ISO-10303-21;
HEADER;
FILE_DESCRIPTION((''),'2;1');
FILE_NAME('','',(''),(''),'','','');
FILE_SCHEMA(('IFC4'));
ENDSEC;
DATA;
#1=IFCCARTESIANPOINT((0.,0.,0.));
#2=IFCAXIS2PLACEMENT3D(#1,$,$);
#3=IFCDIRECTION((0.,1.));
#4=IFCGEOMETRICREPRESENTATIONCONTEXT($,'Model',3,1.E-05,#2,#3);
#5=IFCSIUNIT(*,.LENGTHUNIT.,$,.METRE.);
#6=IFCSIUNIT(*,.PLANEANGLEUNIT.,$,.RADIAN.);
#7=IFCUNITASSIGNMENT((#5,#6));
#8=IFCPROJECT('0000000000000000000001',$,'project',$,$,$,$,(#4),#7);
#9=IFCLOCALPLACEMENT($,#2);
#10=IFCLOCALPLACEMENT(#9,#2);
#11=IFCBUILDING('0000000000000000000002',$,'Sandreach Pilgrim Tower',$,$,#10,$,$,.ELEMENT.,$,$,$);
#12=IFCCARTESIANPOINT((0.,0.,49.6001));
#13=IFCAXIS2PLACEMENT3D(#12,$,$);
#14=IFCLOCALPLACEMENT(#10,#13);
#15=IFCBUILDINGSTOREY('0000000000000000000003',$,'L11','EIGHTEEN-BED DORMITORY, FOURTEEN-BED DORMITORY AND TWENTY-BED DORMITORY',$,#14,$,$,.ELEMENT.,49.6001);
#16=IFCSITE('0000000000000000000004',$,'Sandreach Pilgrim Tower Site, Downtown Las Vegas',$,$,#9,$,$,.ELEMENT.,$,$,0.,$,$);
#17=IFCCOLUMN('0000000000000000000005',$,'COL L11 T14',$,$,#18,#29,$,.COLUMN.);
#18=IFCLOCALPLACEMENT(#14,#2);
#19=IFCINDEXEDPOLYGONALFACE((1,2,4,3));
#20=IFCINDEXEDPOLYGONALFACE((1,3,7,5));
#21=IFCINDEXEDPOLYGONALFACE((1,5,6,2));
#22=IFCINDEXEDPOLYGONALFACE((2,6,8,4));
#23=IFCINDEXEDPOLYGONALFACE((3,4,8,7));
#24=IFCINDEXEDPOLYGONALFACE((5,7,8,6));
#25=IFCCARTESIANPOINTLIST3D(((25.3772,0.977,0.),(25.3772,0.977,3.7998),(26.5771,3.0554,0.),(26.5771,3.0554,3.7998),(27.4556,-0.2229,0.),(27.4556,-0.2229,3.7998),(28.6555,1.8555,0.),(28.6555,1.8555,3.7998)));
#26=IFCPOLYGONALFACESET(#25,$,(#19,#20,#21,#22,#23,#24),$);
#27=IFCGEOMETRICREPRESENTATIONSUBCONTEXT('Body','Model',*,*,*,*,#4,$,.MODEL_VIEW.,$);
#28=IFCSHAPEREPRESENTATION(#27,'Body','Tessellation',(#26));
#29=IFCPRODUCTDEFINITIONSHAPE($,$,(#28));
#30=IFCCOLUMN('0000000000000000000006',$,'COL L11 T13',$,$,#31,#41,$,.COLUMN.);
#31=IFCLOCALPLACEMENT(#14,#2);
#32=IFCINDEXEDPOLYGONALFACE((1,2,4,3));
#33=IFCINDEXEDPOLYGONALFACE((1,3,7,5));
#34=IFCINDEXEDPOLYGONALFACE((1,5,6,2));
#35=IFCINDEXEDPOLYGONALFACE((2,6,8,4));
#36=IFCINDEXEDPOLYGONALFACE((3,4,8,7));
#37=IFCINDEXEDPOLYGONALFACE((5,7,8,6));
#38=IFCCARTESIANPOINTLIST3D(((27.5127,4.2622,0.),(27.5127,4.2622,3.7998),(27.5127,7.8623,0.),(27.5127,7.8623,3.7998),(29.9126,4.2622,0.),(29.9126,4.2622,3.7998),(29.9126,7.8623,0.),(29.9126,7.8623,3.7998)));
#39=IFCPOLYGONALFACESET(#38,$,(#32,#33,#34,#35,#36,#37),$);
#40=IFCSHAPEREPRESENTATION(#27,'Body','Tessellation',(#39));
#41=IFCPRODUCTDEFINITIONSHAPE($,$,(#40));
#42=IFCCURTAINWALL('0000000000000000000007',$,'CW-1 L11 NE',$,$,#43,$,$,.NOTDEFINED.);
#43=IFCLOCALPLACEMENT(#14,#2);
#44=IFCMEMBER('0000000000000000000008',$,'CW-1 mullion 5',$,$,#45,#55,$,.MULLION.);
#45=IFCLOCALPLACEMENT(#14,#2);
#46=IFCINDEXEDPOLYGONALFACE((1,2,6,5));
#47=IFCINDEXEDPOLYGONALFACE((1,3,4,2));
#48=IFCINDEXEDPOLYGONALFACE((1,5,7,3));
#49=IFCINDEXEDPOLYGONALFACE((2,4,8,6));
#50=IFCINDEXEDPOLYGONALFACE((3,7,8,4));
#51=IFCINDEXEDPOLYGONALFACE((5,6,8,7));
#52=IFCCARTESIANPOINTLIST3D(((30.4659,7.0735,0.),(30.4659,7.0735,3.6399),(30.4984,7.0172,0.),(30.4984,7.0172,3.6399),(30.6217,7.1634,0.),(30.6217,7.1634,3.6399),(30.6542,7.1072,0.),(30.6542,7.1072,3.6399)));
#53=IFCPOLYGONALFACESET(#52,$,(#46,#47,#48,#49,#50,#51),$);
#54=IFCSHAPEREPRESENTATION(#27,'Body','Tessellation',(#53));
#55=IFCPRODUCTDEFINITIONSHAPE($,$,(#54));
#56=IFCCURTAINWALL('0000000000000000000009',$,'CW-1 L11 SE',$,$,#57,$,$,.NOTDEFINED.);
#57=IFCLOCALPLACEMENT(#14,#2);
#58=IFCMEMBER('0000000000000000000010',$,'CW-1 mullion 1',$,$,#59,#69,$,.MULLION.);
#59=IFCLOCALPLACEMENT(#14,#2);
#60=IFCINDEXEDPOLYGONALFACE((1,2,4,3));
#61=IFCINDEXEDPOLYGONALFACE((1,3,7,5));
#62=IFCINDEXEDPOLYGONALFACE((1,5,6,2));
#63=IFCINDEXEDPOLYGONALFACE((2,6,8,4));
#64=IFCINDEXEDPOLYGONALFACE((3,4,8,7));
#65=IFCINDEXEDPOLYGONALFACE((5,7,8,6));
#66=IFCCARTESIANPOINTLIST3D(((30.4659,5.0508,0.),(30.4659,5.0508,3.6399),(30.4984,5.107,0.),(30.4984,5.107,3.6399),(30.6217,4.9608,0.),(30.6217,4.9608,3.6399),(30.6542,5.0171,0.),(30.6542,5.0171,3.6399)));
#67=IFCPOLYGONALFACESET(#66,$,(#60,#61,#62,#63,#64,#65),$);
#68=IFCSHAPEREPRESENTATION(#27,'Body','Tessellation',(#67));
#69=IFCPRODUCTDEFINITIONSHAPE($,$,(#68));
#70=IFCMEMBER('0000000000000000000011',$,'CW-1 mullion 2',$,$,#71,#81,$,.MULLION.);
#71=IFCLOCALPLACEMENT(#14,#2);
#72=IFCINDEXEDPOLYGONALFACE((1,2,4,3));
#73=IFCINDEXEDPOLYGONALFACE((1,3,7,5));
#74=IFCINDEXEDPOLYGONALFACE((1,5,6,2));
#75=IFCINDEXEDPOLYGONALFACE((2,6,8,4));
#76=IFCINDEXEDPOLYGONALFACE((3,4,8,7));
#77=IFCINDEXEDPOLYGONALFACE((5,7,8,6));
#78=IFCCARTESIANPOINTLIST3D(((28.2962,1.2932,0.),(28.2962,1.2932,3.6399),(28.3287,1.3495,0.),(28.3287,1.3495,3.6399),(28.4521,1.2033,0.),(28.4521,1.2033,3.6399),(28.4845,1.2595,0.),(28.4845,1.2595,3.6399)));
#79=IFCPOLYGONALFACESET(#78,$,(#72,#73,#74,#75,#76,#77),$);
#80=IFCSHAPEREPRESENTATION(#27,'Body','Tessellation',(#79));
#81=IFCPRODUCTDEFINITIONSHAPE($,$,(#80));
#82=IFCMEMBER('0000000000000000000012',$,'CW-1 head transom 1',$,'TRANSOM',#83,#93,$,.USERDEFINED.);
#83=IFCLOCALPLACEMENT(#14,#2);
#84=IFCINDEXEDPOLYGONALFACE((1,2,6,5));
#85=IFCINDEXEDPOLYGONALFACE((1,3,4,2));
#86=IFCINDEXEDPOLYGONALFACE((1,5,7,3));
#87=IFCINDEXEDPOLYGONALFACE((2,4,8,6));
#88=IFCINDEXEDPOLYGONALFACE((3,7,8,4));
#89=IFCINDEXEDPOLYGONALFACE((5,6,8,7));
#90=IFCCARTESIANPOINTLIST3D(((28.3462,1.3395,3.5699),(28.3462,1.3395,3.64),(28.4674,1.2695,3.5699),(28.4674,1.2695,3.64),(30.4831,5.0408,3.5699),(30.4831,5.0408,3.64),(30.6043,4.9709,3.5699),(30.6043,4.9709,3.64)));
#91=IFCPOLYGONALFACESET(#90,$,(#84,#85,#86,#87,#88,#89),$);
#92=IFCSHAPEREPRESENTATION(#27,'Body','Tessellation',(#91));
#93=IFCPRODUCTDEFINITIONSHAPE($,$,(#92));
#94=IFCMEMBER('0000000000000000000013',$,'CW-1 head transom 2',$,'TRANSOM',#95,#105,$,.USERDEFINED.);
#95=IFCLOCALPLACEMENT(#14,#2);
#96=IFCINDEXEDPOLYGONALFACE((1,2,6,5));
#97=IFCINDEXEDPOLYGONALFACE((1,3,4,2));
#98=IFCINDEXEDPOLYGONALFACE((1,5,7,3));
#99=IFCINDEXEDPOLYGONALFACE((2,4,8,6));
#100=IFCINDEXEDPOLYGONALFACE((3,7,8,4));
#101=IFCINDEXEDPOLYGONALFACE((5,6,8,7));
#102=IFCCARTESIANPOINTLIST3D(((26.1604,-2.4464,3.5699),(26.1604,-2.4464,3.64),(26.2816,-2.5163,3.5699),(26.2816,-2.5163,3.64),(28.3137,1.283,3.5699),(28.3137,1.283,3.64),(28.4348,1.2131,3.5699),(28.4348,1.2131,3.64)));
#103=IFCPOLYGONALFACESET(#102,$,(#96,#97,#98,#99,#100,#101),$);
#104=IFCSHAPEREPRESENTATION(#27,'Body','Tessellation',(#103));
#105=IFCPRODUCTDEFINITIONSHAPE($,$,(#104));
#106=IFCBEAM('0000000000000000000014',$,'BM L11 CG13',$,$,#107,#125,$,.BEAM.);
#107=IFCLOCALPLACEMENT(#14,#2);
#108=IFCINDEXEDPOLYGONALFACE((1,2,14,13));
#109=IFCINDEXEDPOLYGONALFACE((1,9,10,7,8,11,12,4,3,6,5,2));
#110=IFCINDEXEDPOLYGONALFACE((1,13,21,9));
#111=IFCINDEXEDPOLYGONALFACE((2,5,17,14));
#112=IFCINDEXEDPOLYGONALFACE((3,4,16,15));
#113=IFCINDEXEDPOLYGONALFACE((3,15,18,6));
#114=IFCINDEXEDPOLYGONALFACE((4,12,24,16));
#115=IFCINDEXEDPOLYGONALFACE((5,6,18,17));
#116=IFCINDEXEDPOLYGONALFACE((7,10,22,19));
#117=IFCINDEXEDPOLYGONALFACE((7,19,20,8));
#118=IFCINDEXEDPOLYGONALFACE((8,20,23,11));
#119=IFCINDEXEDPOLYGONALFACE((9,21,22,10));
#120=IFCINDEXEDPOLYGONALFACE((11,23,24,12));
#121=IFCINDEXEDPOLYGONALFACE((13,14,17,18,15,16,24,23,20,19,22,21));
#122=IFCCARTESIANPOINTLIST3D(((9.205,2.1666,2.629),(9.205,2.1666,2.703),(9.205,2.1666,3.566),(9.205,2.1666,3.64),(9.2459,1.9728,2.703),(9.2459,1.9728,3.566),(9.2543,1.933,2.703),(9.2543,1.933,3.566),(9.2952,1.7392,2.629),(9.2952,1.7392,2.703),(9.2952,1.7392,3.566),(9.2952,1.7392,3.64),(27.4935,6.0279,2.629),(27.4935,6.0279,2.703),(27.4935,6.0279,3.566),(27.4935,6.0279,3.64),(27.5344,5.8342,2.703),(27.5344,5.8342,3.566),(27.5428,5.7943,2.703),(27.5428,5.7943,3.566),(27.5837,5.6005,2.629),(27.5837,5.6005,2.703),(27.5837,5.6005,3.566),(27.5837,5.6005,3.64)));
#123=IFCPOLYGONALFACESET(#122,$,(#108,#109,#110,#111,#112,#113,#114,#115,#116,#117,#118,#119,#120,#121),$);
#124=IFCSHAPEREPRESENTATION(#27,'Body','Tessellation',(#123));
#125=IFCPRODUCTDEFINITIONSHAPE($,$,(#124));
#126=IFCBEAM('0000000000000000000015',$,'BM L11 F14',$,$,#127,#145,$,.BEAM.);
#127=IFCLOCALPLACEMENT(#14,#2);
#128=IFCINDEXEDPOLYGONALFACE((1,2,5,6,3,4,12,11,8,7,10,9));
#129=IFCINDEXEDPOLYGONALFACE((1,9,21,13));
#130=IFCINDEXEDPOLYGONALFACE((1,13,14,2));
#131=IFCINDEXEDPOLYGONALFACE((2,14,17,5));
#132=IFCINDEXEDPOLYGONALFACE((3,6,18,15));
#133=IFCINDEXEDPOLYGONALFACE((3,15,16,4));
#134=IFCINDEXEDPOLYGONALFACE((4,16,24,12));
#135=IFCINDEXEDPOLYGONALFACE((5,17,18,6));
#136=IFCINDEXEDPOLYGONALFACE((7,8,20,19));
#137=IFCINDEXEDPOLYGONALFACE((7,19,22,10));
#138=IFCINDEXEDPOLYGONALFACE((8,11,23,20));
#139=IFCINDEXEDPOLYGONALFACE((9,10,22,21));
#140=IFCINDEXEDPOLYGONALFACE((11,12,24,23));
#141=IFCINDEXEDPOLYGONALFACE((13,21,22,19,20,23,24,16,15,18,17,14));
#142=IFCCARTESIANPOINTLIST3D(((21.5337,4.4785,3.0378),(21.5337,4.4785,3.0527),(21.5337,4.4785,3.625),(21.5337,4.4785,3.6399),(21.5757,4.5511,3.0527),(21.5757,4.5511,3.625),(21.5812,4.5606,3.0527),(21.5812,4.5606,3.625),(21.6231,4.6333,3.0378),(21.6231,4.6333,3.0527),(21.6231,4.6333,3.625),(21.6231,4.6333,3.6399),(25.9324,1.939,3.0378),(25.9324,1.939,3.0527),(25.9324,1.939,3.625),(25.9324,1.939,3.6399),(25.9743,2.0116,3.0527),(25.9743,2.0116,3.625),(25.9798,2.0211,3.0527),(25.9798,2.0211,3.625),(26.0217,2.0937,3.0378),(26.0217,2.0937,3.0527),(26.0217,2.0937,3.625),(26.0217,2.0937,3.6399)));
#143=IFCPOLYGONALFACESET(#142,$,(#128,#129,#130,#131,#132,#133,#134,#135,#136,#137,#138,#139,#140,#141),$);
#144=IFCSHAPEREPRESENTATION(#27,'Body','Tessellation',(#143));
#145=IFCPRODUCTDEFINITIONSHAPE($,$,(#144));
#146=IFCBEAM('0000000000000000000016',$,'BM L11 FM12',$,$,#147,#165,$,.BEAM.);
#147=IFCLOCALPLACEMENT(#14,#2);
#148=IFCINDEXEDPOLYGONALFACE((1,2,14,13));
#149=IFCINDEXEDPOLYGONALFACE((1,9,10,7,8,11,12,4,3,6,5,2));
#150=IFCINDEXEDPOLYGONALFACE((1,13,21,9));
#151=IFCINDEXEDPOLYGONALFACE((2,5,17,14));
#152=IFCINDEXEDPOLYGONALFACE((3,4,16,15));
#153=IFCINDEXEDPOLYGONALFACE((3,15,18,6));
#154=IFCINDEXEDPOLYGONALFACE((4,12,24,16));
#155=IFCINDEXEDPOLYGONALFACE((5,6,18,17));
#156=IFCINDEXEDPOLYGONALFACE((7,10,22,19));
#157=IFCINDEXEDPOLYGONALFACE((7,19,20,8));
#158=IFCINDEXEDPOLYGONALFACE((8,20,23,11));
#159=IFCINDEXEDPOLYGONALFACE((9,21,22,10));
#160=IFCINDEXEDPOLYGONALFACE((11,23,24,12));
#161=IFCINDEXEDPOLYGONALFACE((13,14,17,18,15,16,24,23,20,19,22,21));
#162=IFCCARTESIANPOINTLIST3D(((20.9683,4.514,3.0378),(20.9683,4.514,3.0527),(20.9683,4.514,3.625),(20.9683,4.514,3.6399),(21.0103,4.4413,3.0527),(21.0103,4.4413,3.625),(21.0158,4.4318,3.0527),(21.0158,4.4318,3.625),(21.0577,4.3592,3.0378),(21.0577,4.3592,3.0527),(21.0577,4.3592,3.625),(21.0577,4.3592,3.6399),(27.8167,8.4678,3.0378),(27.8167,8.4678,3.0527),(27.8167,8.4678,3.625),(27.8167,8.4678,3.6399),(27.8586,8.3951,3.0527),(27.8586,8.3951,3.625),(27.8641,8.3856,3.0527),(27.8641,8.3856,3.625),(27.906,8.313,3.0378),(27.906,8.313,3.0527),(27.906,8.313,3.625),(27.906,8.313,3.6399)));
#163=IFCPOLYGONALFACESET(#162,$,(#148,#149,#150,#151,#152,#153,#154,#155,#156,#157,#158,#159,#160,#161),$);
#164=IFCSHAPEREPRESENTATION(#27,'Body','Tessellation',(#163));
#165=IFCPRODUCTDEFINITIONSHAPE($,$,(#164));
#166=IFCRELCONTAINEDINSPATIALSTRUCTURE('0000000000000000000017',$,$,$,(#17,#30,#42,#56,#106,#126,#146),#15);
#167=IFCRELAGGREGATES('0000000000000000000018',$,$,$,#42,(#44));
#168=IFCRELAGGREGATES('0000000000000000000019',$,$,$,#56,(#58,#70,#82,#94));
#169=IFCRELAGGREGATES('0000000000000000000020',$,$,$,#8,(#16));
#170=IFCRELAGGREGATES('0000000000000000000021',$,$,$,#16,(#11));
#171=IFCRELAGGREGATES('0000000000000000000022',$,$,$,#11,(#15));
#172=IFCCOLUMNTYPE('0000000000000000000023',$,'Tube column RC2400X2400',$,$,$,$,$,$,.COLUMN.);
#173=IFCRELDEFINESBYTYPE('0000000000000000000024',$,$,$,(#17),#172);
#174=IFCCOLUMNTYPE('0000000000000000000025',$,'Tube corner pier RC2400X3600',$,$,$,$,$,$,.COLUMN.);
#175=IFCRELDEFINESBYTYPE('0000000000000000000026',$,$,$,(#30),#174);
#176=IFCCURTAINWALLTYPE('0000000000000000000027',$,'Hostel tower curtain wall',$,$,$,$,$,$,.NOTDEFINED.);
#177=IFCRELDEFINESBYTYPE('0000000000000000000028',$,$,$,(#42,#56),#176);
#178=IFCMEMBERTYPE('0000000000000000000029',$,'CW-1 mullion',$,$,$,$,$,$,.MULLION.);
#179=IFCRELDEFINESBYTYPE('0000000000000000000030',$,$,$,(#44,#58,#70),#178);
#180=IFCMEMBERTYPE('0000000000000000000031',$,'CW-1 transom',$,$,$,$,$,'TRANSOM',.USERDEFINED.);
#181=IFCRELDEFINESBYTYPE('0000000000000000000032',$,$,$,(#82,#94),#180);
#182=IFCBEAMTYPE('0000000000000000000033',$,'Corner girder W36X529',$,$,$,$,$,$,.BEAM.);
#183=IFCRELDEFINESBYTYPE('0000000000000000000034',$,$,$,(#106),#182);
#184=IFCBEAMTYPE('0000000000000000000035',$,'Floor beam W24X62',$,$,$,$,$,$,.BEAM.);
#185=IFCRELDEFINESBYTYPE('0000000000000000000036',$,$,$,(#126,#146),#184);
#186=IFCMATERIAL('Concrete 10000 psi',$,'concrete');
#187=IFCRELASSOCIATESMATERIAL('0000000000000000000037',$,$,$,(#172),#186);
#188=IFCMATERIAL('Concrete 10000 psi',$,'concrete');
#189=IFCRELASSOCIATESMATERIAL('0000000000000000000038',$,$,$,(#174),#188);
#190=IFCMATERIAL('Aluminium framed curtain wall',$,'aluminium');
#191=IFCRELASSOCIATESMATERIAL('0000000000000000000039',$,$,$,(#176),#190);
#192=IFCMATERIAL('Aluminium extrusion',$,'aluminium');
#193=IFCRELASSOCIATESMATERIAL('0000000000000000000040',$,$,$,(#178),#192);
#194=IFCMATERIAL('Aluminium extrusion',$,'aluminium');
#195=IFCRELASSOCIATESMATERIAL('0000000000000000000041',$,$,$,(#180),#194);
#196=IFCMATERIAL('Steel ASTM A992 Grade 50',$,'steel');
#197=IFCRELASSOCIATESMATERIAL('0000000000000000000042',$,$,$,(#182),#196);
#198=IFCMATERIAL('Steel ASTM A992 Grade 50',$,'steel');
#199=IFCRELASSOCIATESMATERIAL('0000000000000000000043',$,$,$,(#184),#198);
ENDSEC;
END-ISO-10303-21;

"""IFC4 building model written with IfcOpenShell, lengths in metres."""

from ifc_helpers import new_model, si_unit, direction, frame, origin, origin_2d, place, context, subcontext, project, spatial, rectangle, i_section, extrude, material, material_profile, profile_set, type_object, element, aggregate, save


model = new_model("IFC4")

# Units and contexts
model_context = context("Model", 3, precision=1e-05, world=origin(), true_north=direction((0.0, 1.0)))
body_context = subcontext(model_context, "Body", "Model", "MODEL_VIEW")
ifc_project = project(units=[si_unit("LENGTHUNIT", "METRE"), si_unit("PLANEANGLEUNIT", "RADIAN")], contexts=[model_context])

# Site, building, storey
site_placement = place(None, origin())
site = spatial("IfcSite", under=ifc_project, at=site_placement, Name="Sandreach Pilgrim Tower Site, Downtown Las Vegas", CompositionType="ELEMENT", RefElevation=0.0)
building_placement = place(site_placement, origin())
building = spatial("IfcBuilding", under=site, at=building_placement, Name="Sandreach Pilgrim Tower", CompositionType="ELEMENT")
storey_placement = place(building_placement, frame((0.0, 0.0, 49.6001)))
storey = spatial("IfcBuildingStorey", under=building, at=storey_placement, Name="L11", Description="EIGHTEEN-BED DORMITORY, FOURTEEN-BED DORMITORY AND TWENTY-BED DORMITORY", CompositionType="ELEMENT", Elevation=49.6001)

# Columns
ifc_material_1 = material(Name="Concrete 10000 psi", Category="concrete")
ifc_material_profile_1 = material_profile(ifc_material_1, rectangle(XDim=2.3999, YDim=2.3999, at=origin_2d()), Name="RC2400X2400")
ifc_profile_set_1 = profile_set([ifc_material_profile_1], Name="Concrete 10000 psi")
column_type_1 = type_object("IfcColumnType", Name="Tube column RC2400X2400", PredefinedType="COLUMN", material=ifc_profile_set_1)
column_1_placement = place(storey_placement, frame((27.0164, 1.4163, 0.0), z_axis=(0.0, 0.0, 1.0), x_axis=(0.866025, -0.5, 0.0)))
element("IfcColumn", 1, at=column_1_placement, inside=storey, type_object=column_type_1, Name="COL L11 T14", PredefinedType="COLUMN", context=body_context, shape_type="SweptSolid", body=[
    extrude(rectangle(XDim=2.3999, YDim=2.3999, at=origin_2d()), origin(), (0.0, 0.0, 1.0), 3.7998),
])
ifc_material_2 = material(Name="Concrete 10000 psi", Category="concrete")
ifc_material_profile_2 = material_profile(ifc_material_2, rectangle(XDim=2.3999, YDim=3.6001, at=origin_2d()), Name="RC2400X3600")
ifc_profile_set_2 = profile_set([ifc_material_profile_2], Name="Concrete 10000 psi")
column_type_2 = type_object("IfcColumnType", Name="Tube corner pier RC2400X3600", PredefinedType="COLUMN", material=ifc_profile_set_2)
column_2_placement = place(storey_placement, frame((28.7126, 6.0623, 0.0), z_axis=(0.0, 0.0, 1.0), x_axis=(1.0, 0.0, 0.0)))
element("IfcColumn", 2, at=column_2_placement, inside=storey, type_object=column_type_2, Name="COL L11 T13", PredefinedType="COLUMN", context=body_context, shape_type="SweptSolid", body=[
    extrude(rectangle(XDim=2.3999, YDim=3.6001, at=origin_2d()), origin(), (0.0, 0.0, 1.0), 3.7998),
])

# Curtain wall, member
ifc_material_3 = material(Name="Aluminium framed curtain wall", Category="aluminium")
curtain_wall_type = type_object("IfcCurtainWallType", Name="Hostel tower curtain wall", PredefinedType="NOTDEFINED", material=ifc_material_3)
curtain_wall_1_placement = place(storey_placement, origin())
curtain_wall_1 = element("IfcCurtainWall", 3, at=curtain_wall_1_placement, inside=storey, type_object=curtain_wall_type, Name="CW-1 L11 NE", PredefinedType="NOTDEFINED")
ifc_material_4 = material(Name="Aluminium extrusion", Category="aluminium")
ifc_material_profile_3 = material_profile(ifc_material_4, rectangle(XDim=0.0649, YDim=0.1799, at=origin_2d()), Name="CW-1M 65X180")
ifc_profile_set_3 = profile_set([ifc_material_profile_3], Name="Aluminium extrusion")
member_type_1 = type_object("IfcMemberType", Name="CW-1 mullion", PredefinedType="MULLION", material=ifc_profile_set_3)
member_1_placement = place(storey_placement, frame((30.5601, 7.0903, 0.0), z_axis=(0.0, 0.0, 1.0), x_axis=(0.5, -0.866025, 0.0)))
member_1 = element("IfcMember", 4, at=member_1_placement, type_object=member_type_1, Name="CW-1 mullion 5", PredefinedType="MULLION", context=body_context, shape_type="SweptSolid", body=[
    extrude(rectangle(XDim=0.0649, YDim=0.1799, at=origin_2d()), origin(), (0.0, 0.0, 1.0), 3.6399),
])

# Curtain wall, members
curtain_wall_2_placement = place(storey_placement, origin())
curtain_wall_2 = element("IfcCurtainWall", 5, at=curtain_wall_2_placement, inside=storey, type_object=curtain_wall_type, Name="CW-1 L11 SE", PredefinedType="NOTDEFINED")
member_2_placement = place(storey_placement, frame((30.5601, 5.0339, 0.0), z_axis=(0.0, 0.0, 1.0), x_axis=(-0.5, -0.866025, 0.0)))
member_2 = element("IfcMember", 6, at=member_2_placement, type_object=member_type_1, Name="CW-1 mullion 1", PredefinedType="MULLION", context=body_context, shape_type="SweptSolid", body=[
    extrude(rectangle(XDim=0.0649, YDim=0.1799, at=origin_2d()), origin(), (0.0, 0.0, 1.0), 3.6399),
])
member_3_placement = place(storey_placement, frame((28.3904, 1.2764, 0.0), z_axis=(0.0, 0.0, 1.0), x_axis=(-0.5, -0.866025, 0.0)))
member_3 = element("IfcMember", 7, at=member_3_placement, type_object=member_type_1, Name="CW-1 mullion 2", PredefinedType="MULLION", context=body_context, shape_type="SweptSolid", body=[
    extrude(rectangle(XDim=0.0649, YDim=0.1799, at=origin_2d()), origin(), (0.0, 0.0, 1.0), 3.6399),
])
ifc_material_5 = material(Name="Aluminium extrusion", Category="aluminium")
ifc_material_profile_4 = material_profile(ifc_material_5, rectangle(XDim=0.1399, YDim=0.0701, at=origin_2d()), Name="CW-1T 140X70")
ifc_profile_set_4 = profile_set([ifc_material_profile_4], Name="Aluminium extrusion")
member_type_2 = type_object("IfcMemberType", Name="CW-1 transom", ElementType="TRANSOM", PredefinedType="USERDEFINED", material=ifc_profile_set_4)
member_4_placement = place(storey_placement, frame((30.5437, 5.0059, 3.605), z_axis=(-0.499991, -0.866031, 0.0), x_axis=(0.866031, -0.499991, 0.0)))
member_4 = element("IfcMember", 8, at=member_4_placement, type_object=member_type_2, Name="CW-1 head transom 1", ObjectType="TRANSOM", PredefinedType="USERDEFINED", context=body_context, shape_type="SweptSolid", body=[
    extrude(rectangle(XDim=0.1399, YDim=0.0701, at=origin_2d()), origin(), (0.0, 0.0, 1.0), 4.2739),
])
member_5_placement = place(storey_placement, frame((28.3743, 1.248, 3.605), z_axis=(-0.500017, -0.866016, 0.0), x_axis=(0.866016, -0.500017, 0.0)))
member_5 = element("IfcMember", 9, at=member_5_placement, type_object=member_type_2, Name="CW-1 head transom 2", ObjectType="TRANSOM", PredefinedType="USERDEFINED", context=body_context, shape_type="SweptSolid", body=[
    extrude(rectangle(XDim=0.1399, YDim=0.0701, at=origin_2d()), origin(), (0.0, 0.0, 1.0), 4.3064),
])

# Beams
ifc_material_6 = material(Name="Steel ASTM A992 Grade 50", Category="steel")
ifc_material_profile_5 = material_profile(ifc_material_6, i_section(OverallWidth=0.4368, OverallDepth=1.011, WebThickness=0.0408, FlangeThickness=0.074, at=origin_2d()), Name="W36X529")
ifc_profile_set_5 = profile_set([ifc_material_profile_5], Name="Steel ASTM A992 Grade 50")
beam_type_1 = type_object("IfcBeamType", Name="Corner girder W36X529", PredefinedType="BEAM", material=ifc_profile_set_5)
beam_1_placement = place(storey_placement, frame((27.5386, 5.8142, 3.1345), z_axis=(-0.97843, -0.206579, 0.0), x_axis=(0.206579, -0.97843, 0.0)))
element("IfcBeam", 10, at=beam_1_placement, inside=storey, type_object=beam_type_1, Name="BM L11 CG13", PredefinedType="BEAM", context=body_context, shape_type="SweptSolid", body=[
    extrude(i_section(OverallWidth=0.4368, OverallDepth=1.011, WebThickness=0.0408, FlangeThickness=0.074, at=origin_2d()), origin(), (0.0, 0.0, 1.0), 18.6917),
])
ifc_material_7 = material(Name="Steel ASTM A992 Grade 50", Category="steel")
ifc_material_profile_6 = material_profile(ifc_material_7, i_section(OverallWidth=0.1787, OverallDepth=0.6021, WebThickness=0.011, FlangeThickness=0.0149, at=origin_2d()), Name="W24X62")
ifc_profile_set_6 = profile_set([ifc_material_profile_6], Name="Steel ASTM A992 Grade 50")
beam_type_2 = type_object("IfcBeamType", Name="Floor beam W24X62", PredefinedType="BEAM", material=ifc_profile_set_6)
beam_2_placement = place(storey_placement, frame((25.9771, 2.0164, 3.3389), z_axis=(-0.866028, 0.499996, 0.0), x_axis=(-0.499996, -0.866028, 0.0)))
element("IfcBeam", 11, at=beam_2_placement, inside=storey, type_object=beam_type_2, Name="BM L11 F14", PredefinedType="BEAM", context=body_context, shape_type="SweptSolid", body=[
    extrude(i_section(OverallWidth=0.1787, OverallDepth=0.6021, WebThickness=0.011, FlangeThickness=0.0149, at=origin_2d()), origin(), (0.0, 0.0, 1.0), 5.0791),
])
beam_3_placement = place(storey_placement, frame((27.8613, 8.3904, 3.3389), z_axis=(-0.866029, -0.499994, 0.0), x_axis=(0.499994, -0.866029, 0.0)))
element("IfcBeam", 12, at=beam_3_placement, inside=storey, type_object=beam_type_2, Name="BM L11 FM12", PredefinedType="BEAM", context=body_context, shape_type="SweptSolid", body=[
    extrude(i_section(OverallWidth=0.1787, OverallDepth=0.6021, WebThickness=0.011, FlangeThickness=0.0149, at=origin_2d()), origin(), (0.0, 0.0, 1.0), 7.9077),
])

aggregate(curtain_wall_1, [member_1])
aggregate(curtain_wall_2, [member_2, member_3, member_4, member_5])

save(model, "model.ifc")
